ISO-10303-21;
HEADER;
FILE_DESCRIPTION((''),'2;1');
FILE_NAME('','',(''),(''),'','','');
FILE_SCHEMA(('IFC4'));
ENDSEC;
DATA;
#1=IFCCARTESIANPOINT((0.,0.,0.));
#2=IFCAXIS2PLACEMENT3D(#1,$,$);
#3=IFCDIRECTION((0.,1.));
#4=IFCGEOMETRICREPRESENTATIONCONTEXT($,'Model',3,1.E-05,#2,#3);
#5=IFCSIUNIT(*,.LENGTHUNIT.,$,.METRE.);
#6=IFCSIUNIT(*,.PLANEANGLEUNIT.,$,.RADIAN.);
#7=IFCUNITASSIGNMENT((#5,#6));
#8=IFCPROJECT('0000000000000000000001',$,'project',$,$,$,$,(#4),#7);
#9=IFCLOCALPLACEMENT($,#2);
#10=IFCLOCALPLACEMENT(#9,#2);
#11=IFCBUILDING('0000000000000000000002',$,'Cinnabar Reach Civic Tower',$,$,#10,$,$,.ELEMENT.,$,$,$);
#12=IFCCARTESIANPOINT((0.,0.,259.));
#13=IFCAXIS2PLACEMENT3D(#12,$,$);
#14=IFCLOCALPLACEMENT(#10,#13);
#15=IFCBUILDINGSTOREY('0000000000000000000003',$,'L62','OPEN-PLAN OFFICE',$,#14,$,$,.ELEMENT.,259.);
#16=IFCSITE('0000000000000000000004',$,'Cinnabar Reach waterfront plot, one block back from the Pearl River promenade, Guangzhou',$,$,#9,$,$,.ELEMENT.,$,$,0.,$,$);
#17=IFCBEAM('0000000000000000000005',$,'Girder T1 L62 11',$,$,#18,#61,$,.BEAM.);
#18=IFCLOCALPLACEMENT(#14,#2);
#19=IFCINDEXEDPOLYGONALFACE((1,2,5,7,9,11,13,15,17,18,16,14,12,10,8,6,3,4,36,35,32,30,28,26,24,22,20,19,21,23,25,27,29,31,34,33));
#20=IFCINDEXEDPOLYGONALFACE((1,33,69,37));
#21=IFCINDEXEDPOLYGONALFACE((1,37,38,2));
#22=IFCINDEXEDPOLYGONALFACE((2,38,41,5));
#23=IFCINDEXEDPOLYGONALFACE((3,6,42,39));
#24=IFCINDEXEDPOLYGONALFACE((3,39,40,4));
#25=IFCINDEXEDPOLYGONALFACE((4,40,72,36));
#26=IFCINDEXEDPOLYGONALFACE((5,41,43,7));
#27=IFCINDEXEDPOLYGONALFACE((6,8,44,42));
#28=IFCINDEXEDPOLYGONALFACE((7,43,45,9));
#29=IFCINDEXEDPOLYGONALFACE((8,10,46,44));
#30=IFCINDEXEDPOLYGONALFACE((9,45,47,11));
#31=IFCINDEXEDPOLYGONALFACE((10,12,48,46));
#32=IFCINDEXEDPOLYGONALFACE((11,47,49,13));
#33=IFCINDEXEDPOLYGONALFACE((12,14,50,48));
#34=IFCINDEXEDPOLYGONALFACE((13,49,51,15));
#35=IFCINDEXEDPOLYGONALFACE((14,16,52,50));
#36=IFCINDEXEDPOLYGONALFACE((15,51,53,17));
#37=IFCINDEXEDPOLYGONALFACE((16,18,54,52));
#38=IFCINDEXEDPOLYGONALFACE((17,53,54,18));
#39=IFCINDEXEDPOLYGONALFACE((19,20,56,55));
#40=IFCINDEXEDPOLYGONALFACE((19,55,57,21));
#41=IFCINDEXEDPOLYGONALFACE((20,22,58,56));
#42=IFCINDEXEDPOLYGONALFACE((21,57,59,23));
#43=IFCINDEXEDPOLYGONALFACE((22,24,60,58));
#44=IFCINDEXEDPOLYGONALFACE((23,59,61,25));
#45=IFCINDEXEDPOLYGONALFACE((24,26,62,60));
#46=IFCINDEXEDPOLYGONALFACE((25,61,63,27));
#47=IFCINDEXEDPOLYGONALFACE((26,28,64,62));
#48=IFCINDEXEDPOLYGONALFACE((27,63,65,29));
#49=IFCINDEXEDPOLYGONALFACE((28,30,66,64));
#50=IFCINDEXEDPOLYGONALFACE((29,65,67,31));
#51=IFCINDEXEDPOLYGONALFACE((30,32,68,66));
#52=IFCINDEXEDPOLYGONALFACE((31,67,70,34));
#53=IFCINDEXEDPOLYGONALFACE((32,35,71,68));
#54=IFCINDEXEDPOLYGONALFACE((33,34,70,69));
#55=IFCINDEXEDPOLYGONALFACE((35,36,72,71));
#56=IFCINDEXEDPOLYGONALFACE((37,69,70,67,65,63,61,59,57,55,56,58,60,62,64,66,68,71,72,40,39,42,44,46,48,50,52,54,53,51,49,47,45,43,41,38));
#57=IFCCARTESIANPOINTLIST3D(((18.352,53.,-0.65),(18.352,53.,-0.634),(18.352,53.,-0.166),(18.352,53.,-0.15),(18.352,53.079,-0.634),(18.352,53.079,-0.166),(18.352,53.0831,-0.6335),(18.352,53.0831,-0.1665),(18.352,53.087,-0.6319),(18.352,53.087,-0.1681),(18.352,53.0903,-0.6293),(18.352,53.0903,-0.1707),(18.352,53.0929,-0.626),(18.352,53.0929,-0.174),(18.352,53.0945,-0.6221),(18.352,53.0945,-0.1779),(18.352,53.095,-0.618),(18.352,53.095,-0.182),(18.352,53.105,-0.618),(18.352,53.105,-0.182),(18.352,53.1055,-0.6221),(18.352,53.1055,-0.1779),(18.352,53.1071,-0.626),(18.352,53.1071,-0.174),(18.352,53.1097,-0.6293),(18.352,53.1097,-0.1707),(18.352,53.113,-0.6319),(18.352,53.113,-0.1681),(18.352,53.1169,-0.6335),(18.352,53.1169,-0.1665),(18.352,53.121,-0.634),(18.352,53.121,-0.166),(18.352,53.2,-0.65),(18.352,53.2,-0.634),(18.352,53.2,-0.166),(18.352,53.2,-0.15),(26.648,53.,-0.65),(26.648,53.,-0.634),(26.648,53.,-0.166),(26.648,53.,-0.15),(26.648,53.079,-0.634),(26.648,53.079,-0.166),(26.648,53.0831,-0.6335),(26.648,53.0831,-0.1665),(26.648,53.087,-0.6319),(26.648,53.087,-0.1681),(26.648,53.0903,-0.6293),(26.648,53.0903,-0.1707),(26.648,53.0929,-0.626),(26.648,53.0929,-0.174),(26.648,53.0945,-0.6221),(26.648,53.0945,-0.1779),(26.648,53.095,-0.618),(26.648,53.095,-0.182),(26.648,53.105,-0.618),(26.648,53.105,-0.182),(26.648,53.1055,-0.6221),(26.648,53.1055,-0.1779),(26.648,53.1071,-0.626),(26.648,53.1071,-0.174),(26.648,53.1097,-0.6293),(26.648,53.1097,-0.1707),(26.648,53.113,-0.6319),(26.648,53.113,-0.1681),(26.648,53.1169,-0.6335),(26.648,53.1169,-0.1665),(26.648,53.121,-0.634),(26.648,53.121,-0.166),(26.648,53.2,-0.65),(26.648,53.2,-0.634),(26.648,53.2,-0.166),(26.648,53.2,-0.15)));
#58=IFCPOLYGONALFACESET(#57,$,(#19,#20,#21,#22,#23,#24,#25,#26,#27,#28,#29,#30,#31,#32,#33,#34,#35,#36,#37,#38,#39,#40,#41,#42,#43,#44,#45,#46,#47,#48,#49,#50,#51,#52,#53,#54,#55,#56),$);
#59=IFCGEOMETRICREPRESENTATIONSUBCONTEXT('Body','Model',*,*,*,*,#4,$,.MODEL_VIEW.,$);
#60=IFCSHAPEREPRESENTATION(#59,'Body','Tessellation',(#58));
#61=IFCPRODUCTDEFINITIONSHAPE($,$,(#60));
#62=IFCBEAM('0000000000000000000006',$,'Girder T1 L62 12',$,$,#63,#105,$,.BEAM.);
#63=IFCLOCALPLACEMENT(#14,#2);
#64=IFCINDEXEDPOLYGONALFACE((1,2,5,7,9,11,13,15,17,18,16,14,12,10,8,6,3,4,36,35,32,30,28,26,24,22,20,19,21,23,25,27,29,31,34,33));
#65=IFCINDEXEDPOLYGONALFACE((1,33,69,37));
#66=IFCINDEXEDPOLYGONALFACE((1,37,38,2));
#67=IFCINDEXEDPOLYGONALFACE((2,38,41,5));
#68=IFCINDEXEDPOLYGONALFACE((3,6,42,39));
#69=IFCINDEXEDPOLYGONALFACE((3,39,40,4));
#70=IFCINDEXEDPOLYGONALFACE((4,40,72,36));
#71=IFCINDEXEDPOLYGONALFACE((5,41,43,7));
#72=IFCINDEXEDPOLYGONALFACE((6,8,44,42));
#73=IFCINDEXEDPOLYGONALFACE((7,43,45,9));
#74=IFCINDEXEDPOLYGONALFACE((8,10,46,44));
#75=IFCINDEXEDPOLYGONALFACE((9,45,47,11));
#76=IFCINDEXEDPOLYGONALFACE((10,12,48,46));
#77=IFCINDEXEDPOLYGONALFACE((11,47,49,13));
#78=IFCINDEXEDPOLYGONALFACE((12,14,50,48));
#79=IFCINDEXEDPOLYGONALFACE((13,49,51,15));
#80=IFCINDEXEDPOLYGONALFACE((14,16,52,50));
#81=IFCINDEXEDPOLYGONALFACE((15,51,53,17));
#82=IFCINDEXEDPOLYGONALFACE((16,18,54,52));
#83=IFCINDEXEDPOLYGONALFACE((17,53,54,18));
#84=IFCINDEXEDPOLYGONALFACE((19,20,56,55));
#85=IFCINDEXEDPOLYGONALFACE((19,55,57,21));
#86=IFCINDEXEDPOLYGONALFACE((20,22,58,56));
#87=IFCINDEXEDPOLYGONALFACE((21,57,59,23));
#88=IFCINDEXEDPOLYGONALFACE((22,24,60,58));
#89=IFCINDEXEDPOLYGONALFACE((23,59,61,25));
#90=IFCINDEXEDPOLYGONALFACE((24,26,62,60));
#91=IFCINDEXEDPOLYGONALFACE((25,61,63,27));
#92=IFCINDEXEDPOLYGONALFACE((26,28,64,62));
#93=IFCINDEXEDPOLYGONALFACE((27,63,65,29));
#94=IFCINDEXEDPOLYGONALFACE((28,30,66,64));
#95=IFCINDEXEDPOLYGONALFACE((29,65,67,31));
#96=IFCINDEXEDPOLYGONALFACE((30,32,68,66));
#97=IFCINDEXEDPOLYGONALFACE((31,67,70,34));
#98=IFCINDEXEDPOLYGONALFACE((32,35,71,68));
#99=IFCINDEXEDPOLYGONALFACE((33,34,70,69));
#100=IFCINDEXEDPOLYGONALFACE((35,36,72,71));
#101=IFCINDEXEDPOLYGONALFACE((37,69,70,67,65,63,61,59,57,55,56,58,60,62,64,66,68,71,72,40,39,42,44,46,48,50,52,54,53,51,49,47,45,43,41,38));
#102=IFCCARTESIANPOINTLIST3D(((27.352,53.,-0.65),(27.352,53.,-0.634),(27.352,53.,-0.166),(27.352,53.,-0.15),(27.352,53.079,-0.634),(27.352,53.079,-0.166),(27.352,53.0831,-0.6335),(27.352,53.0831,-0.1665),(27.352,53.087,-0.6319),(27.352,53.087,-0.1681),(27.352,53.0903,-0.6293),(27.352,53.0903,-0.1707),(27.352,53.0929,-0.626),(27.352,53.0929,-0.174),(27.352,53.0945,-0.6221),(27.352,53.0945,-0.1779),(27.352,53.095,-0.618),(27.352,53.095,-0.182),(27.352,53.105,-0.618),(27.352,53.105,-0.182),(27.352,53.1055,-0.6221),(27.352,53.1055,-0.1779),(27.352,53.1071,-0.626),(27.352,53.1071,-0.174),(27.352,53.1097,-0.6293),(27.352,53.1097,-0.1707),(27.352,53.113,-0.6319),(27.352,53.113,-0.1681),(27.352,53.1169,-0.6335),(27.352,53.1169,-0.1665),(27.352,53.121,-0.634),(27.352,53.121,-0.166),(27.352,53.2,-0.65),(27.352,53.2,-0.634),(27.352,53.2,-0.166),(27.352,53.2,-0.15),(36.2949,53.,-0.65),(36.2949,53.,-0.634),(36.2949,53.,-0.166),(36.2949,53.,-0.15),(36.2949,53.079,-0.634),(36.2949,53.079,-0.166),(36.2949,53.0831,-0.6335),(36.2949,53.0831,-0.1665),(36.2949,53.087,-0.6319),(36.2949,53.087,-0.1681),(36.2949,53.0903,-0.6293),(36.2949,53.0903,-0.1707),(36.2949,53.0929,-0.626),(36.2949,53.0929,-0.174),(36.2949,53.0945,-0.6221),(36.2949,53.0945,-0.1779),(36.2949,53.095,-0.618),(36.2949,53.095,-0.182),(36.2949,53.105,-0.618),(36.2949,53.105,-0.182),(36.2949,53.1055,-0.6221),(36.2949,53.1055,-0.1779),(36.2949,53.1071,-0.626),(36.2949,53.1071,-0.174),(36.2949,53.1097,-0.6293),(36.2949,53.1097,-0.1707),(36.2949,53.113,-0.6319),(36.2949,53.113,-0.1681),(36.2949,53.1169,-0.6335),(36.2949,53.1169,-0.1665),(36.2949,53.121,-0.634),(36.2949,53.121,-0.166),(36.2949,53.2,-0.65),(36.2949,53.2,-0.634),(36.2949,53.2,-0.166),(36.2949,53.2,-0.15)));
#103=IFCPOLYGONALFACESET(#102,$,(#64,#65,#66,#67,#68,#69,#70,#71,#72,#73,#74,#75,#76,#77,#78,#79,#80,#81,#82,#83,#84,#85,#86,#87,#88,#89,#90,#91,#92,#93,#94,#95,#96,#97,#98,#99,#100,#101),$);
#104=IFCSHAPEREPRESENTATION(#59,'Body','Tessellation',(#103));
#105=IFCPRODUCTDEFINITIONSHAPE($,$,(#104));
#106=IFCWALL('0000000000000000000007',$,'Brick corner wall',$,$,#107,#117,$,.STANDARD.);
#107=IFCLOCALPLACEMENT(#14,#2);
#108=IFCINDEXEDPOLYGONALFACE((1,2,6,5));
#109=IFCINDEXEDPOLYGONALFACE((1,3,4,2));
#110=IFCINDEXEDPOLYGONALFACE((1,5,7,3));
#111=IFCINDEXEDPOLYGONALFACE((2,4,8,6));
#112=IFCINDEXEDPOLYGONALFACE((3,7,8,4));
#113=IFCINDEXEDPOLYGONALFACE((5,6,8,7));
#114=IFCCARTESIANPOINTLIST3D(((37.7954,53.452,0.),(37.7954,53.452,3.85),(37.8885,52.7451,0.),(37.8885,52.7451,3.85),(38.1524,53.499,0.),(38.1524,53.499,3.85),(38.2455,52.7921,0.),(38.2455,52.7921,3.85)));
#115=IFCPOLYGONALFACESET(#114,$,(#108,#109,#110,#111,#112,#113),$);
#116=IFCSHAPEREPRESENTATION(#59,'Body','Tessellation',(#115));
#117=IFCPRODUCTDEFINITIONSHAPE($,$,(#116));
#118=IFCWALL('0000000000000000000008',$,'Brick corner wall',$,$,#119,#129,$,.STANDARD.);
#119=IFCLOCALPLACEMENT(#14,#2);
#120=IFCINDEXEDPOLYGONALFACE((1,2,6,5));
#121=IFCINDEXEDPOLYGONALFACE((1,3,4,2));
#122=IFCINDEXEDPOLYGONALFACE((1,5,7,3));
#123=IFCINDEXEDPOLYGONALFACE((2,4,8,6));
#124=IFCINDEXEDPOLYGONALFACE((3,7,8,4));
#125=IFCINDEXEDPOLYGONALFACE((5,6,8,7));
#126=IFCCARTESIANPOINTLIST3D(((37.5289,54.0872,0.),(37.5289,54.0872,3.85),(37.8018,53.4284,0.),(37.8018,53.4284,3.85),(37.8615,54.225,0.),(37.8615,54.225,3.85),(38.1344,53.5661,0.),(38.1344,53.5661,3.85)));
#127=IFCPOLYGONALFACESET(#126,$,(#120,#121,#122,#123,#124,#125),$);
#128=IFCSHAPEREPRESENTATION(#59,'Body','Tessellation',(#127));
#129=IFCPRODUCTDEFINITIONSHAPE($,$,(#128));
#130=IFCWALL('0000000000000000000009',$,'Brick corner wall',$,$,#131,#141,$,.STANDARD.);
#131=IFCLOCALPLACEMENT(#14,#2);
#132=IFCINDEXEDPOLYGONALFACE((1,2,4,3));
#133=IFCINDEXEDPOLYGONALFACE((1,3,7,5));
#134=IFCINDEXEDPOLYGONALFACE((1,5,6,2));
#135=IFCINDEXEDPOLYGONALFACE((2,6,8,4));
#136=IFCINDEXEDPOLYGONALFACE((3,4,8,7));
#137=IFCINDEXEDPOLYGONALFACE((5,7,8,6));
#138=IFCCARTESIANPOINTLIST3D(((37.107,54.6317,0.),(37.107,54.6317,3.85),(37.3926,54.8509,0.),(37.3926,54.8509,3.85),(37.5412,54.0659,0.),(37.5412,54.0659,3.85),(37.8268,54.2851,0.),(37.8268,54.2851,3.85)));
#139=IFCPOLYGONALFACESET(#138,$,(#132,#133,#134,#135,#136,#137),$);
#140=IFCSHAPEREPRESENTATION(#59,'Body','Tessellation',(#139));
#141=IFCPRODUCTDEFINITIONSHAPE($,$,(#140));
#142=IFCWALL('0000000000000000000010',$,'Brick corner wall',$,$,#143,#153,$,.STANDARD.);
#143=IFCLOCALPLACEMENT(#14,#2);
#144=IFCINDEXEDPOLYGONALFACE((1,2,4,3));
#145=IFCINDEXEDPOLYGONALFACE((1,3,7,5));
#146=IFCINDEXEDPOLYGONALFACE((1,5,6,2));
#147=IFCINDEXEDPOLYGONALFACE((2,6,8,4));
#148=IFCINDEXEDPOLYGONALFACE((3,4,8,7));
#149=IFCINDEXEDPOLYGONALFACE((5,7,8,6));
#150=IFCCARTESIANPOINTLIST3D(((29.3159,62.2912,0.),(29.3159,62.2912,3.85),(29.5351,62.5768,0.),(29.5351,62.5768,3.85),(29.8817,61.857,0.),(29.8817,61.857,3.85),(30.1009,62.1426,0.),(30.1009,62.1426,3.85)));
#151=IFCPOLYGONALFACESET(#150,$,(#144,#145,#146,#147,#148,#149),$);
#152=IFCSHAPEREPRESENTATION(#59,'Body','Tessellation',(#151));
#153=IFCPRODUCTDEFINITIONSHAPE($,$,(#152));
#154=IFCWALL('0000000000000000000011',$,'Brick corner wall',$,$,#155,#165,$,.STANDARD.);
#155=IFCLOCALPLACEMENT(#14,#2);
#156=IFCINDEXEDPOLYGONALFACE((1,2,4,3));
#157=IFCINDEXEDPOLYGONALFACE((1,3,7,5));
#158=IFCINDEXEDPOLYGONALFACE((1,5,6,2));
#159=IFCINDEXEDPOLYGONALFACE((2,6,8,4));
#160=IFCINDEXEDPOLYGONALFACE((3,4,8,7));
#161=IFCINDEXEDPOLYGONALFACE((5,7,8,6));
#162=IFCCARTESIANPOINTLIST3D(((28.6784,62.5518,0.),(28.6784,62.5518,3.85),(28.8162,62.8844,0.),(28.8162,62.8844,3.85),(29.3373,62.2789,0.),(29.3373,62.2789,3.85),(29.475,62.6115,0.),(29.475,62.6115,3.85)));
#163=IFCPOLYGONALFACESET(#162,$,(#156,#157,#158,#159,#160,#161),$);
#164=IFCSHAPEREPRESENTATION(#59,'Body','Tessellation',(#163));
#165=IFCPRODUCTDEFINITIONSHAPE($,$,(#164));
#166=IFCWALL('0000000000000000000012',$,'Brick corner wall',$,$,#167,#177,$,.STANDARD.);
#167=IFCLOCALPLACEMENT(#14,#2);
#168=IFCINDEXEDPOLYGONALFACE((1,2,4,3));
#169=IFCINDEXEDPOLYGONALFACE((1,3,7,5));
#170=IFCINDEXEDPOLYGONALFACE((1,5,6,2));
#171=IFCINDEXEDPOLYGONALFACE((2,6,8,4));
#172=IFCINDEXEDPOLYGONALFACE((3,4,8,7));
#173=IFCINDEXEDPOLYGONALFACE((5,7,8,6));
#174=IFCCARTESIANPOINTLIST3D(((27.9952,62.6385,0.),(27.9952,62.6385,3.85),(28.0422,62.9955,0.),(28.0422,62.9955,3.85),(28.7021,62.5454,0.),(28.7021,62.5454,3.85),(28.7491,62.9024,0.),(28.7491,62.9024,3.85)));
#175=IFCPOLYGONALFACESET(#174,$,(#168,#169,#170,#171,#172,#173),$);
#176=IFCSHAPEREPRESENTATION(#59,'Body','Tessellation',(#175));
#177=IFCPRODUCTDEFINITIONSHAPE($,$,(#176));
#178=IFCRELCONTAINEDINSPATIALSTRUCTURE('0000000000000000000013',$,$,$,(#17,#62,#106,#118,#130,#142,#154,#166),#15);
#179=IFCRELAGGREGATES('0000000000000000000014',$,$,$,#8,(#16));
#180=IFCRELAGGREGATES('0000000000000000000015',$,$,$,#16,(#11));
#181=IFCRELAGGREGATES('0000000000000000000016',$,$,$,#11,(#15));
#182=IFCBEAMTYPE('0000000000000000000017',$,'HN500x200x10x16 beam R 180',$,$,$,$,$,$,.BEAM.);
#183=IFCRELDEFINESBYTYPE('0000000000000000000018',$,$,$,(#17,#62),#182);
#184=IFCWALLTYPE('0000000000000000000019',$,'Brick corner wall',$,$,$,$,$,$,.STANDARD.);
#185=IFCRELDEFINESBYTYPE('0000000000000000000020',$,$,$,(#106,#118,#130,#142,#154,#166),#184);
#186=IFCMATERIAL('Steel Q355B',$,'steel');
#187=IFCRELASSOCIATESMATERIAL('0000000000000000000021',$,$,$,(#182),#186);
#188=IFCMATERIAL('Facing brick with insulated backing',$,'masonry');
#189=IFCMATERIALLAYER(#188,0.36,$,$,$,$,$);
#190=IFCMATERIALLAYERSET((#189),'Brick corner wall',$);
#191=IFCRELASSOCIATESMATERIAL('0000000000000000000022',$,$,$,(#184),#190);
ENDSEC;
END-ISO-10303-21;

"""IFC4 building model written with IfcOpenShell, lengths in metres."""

from ifc_helpers import new_model, si_unit, direction, frame, frame_2d, origin, origin_2d, place, context, subcontext, project, spatial, rectangle, i_section, extrude, material, layer, layer_set, material_profile, profile_set, type_object, element, save


model = new_model("IFC4")

# Units and contexts
model_context = context("Model", 3, precision=1e-05, world=origin(), true_north=direction((0.0, 1.0)))
body_context = subcontext(model_context, "Body", "Model", "MODEL_VIEW")
ifc_project = project(units=[si_unit("LENGTHUNIT", "METRE"), si_unit("PLANEANGLEUNIT", "RADIAN")], contexts=[model_context])

# Site, building, storey
site_placement = place(None, origin())
site = spatial("IfcSite", under=ifc_project, at=site_placement, Name="Cinnabar Reach waterfront plot, one block back from the Pearl River promenade, Guangzhou", CompositionType="ELEMENT", RefElevation=0.0)
building_placement = place(site_placement, origin())
building = spatial("IfcBuilding", under=site, at=building_placement, Name="Cinnabar Reach Civic Tower", CompositionType="ELEMENT")
storey_placement = place(building_placement, frame((0.0, 0.0, 259.0)))
storey = spatial("IfcBuildingStorey", under=building, at=storey_placement, Name="L62", Description="OPEN-PLAN OFFICE", CompositionType="ELEMENT", Elevation=259.0)

# Beams
ifc_material_1 = material(Name="Steel Q355B", Category="steel")
ifc_material_profile_1 = material_profile(ifc_material_1, i_section(OverallWidth=0.2, OverallDepth=0.5, WebThickness=0.01, FlangeThickness=0.016, FilletRadius=0.016, at=origin_2d()), Name="HN500x200x10x16")
ifc_profile_set_1 = profile_set([ifc_material_profile_1], Name="Steel Q355B")
beam_type_1 = type_object("IfcBeamType", Name="HN500x200x10x16 beam R 180", PredefinedType="BEAM", material=ifc_profile_set_1)
beam_1_placement = place(storey_placement, frame((18.352, 53.1, -0.4), z_axis=(1.0, 0.0, 0.0), x_axis=(0.0, 1.0, 0.0)))
element("IfcBeam", 1, at=beam_1_placement, inside=storey, type_object=beam_type_1, Name="Girder T1 L62 11", PredefinedType="BEAM", context=body_context, shape_type="SweptSolid", body=[
    extrude(i_section(OverallWidth=0.2, OverallDepth=0.5, WebThickness=0.01, FlangeThickness=0.016, FilletRadius=0.016, at=origin_2d()), origin(), (0.0, 0.0, 1.0), 8.296),
])
beam_2_placement = place(storey_placement, frame((27.352, 53.1, -0.4), z_axis=(1.0, 0.0, 0.0), x_axis=(0.0, 1.0, 0.0)))
element("IfcBeam", 2, at=beam_2_placement, inside=storey, type_object=beam_type_1, Name="Girder T1 L62 12", PredefinedType="BEAM", context=body_context, shape_type="SweptSolid", body=[
    extrude(i_section(OverallWidth=0.2, OverallDepth=0.5, WebThickness=0.01, FlangeThickness=0.016, FilletRadius=0.016, at=origin_2d()), origin(), (0.0, 0.0, 1.0), 8.9429),
])

# Walls
ifc_material_2 = material(Name="Facing brick with insulated backing", Category="masonry")
ifc_layer_1 = layer(ifc_material_2, 0.36)
ifc_layer_set_1 = layer_set([ifc_layer_1], Name="Brick corner wall")
wall_type_1 = type_object("IfcWallType", Name="Brick corner wall", PredefinedType="STANDARD", material=ifc_layer_set_1)
for number, where, z_axis, x_axis, name in (
    (3, (38.067, 52.7686, 0.0), (0.0, 0.0, 1.0), (-0.130556, 0.991441, 0.0), "Brick corner wall"),
    (4, (37.9681, 53.4973, 0.0), (0.0, 0.0, 1.0), (-0.382703, 0.923872, 0.0), "Brick corner wall"),
):
    element("IfcWall", number, at=place(storey_placement, frame(where, z_axis=z_axis, x_axis=x_axis)), inside=storey, type_object=wall_type_1, Name=name, PredefinedType="STANDARD", context=body_context, shape_type="SweptSolid", body=[
        extrude(rectangle(XDim=0.7131, YDim=0.36, at=frame_2d((0.3565, 0.0))), origin(), (0.0, 0.0, 1.0), 3.85),
    ])
for number, where, z_axis, x_axis, name in (
    (5, (37.684, 54.1755, 0.0), (0.0, 0.0, 1.0), (-0.608802, 0.793322, 0.0), "Brick corner wall"),
    (6, (29.9913, 61.9998, 0.0), (0.0, 0.0, 1.0), (-0.793322, 0.608802, 0.0), "Brick corner wall"),
):
    element("IfcWall", number, at=place(storey_placement, frame(where, z_axis=z_axis, x_axis=x_axis)), inside=storey, type_object=wall_type_1, Name=name, PredefinedType="STANDARD", context=body_context, shape_type="SweptSolid", body=[
        extrude(rectangle(XDim=0.7132, YDim=0.36, at=frame_2d((0.3566, 0.0))), origin(), (0.0, 0.0, 1.0), 3.85),
    ])
for number, where, z_axis, x_axis, name in (
    (7, (29.4061, 62.4452, 0.0), (0.0, 0.0, 1.0), (-0.923872, 0.382703, 0.0), "Brick corner wall"),
    (8, (28.7256, 62.7239, 0.0), (0.0, 0.0, 1.0), (-0.991441, 0.130556, 0.0), "Brick corner wall"),
):
    element("IfcWall", number, at=place(storey_placement, frame(where, z_axis=z_axis, x_axis=x_axis)), inside=storey, type_object=wall_type_1, Name=name, PredefinedType="STANDARD", context=body_context, shape_type="SweptSolid", body=[
        extrude(rectangle(XDim=0.7131, YDim=0.36, at=frame_2d((0.3565, 0.0))), origin(), (0.0, 0.0, 1.0), 3.85),
    ])

save(model, "model.ifc")
